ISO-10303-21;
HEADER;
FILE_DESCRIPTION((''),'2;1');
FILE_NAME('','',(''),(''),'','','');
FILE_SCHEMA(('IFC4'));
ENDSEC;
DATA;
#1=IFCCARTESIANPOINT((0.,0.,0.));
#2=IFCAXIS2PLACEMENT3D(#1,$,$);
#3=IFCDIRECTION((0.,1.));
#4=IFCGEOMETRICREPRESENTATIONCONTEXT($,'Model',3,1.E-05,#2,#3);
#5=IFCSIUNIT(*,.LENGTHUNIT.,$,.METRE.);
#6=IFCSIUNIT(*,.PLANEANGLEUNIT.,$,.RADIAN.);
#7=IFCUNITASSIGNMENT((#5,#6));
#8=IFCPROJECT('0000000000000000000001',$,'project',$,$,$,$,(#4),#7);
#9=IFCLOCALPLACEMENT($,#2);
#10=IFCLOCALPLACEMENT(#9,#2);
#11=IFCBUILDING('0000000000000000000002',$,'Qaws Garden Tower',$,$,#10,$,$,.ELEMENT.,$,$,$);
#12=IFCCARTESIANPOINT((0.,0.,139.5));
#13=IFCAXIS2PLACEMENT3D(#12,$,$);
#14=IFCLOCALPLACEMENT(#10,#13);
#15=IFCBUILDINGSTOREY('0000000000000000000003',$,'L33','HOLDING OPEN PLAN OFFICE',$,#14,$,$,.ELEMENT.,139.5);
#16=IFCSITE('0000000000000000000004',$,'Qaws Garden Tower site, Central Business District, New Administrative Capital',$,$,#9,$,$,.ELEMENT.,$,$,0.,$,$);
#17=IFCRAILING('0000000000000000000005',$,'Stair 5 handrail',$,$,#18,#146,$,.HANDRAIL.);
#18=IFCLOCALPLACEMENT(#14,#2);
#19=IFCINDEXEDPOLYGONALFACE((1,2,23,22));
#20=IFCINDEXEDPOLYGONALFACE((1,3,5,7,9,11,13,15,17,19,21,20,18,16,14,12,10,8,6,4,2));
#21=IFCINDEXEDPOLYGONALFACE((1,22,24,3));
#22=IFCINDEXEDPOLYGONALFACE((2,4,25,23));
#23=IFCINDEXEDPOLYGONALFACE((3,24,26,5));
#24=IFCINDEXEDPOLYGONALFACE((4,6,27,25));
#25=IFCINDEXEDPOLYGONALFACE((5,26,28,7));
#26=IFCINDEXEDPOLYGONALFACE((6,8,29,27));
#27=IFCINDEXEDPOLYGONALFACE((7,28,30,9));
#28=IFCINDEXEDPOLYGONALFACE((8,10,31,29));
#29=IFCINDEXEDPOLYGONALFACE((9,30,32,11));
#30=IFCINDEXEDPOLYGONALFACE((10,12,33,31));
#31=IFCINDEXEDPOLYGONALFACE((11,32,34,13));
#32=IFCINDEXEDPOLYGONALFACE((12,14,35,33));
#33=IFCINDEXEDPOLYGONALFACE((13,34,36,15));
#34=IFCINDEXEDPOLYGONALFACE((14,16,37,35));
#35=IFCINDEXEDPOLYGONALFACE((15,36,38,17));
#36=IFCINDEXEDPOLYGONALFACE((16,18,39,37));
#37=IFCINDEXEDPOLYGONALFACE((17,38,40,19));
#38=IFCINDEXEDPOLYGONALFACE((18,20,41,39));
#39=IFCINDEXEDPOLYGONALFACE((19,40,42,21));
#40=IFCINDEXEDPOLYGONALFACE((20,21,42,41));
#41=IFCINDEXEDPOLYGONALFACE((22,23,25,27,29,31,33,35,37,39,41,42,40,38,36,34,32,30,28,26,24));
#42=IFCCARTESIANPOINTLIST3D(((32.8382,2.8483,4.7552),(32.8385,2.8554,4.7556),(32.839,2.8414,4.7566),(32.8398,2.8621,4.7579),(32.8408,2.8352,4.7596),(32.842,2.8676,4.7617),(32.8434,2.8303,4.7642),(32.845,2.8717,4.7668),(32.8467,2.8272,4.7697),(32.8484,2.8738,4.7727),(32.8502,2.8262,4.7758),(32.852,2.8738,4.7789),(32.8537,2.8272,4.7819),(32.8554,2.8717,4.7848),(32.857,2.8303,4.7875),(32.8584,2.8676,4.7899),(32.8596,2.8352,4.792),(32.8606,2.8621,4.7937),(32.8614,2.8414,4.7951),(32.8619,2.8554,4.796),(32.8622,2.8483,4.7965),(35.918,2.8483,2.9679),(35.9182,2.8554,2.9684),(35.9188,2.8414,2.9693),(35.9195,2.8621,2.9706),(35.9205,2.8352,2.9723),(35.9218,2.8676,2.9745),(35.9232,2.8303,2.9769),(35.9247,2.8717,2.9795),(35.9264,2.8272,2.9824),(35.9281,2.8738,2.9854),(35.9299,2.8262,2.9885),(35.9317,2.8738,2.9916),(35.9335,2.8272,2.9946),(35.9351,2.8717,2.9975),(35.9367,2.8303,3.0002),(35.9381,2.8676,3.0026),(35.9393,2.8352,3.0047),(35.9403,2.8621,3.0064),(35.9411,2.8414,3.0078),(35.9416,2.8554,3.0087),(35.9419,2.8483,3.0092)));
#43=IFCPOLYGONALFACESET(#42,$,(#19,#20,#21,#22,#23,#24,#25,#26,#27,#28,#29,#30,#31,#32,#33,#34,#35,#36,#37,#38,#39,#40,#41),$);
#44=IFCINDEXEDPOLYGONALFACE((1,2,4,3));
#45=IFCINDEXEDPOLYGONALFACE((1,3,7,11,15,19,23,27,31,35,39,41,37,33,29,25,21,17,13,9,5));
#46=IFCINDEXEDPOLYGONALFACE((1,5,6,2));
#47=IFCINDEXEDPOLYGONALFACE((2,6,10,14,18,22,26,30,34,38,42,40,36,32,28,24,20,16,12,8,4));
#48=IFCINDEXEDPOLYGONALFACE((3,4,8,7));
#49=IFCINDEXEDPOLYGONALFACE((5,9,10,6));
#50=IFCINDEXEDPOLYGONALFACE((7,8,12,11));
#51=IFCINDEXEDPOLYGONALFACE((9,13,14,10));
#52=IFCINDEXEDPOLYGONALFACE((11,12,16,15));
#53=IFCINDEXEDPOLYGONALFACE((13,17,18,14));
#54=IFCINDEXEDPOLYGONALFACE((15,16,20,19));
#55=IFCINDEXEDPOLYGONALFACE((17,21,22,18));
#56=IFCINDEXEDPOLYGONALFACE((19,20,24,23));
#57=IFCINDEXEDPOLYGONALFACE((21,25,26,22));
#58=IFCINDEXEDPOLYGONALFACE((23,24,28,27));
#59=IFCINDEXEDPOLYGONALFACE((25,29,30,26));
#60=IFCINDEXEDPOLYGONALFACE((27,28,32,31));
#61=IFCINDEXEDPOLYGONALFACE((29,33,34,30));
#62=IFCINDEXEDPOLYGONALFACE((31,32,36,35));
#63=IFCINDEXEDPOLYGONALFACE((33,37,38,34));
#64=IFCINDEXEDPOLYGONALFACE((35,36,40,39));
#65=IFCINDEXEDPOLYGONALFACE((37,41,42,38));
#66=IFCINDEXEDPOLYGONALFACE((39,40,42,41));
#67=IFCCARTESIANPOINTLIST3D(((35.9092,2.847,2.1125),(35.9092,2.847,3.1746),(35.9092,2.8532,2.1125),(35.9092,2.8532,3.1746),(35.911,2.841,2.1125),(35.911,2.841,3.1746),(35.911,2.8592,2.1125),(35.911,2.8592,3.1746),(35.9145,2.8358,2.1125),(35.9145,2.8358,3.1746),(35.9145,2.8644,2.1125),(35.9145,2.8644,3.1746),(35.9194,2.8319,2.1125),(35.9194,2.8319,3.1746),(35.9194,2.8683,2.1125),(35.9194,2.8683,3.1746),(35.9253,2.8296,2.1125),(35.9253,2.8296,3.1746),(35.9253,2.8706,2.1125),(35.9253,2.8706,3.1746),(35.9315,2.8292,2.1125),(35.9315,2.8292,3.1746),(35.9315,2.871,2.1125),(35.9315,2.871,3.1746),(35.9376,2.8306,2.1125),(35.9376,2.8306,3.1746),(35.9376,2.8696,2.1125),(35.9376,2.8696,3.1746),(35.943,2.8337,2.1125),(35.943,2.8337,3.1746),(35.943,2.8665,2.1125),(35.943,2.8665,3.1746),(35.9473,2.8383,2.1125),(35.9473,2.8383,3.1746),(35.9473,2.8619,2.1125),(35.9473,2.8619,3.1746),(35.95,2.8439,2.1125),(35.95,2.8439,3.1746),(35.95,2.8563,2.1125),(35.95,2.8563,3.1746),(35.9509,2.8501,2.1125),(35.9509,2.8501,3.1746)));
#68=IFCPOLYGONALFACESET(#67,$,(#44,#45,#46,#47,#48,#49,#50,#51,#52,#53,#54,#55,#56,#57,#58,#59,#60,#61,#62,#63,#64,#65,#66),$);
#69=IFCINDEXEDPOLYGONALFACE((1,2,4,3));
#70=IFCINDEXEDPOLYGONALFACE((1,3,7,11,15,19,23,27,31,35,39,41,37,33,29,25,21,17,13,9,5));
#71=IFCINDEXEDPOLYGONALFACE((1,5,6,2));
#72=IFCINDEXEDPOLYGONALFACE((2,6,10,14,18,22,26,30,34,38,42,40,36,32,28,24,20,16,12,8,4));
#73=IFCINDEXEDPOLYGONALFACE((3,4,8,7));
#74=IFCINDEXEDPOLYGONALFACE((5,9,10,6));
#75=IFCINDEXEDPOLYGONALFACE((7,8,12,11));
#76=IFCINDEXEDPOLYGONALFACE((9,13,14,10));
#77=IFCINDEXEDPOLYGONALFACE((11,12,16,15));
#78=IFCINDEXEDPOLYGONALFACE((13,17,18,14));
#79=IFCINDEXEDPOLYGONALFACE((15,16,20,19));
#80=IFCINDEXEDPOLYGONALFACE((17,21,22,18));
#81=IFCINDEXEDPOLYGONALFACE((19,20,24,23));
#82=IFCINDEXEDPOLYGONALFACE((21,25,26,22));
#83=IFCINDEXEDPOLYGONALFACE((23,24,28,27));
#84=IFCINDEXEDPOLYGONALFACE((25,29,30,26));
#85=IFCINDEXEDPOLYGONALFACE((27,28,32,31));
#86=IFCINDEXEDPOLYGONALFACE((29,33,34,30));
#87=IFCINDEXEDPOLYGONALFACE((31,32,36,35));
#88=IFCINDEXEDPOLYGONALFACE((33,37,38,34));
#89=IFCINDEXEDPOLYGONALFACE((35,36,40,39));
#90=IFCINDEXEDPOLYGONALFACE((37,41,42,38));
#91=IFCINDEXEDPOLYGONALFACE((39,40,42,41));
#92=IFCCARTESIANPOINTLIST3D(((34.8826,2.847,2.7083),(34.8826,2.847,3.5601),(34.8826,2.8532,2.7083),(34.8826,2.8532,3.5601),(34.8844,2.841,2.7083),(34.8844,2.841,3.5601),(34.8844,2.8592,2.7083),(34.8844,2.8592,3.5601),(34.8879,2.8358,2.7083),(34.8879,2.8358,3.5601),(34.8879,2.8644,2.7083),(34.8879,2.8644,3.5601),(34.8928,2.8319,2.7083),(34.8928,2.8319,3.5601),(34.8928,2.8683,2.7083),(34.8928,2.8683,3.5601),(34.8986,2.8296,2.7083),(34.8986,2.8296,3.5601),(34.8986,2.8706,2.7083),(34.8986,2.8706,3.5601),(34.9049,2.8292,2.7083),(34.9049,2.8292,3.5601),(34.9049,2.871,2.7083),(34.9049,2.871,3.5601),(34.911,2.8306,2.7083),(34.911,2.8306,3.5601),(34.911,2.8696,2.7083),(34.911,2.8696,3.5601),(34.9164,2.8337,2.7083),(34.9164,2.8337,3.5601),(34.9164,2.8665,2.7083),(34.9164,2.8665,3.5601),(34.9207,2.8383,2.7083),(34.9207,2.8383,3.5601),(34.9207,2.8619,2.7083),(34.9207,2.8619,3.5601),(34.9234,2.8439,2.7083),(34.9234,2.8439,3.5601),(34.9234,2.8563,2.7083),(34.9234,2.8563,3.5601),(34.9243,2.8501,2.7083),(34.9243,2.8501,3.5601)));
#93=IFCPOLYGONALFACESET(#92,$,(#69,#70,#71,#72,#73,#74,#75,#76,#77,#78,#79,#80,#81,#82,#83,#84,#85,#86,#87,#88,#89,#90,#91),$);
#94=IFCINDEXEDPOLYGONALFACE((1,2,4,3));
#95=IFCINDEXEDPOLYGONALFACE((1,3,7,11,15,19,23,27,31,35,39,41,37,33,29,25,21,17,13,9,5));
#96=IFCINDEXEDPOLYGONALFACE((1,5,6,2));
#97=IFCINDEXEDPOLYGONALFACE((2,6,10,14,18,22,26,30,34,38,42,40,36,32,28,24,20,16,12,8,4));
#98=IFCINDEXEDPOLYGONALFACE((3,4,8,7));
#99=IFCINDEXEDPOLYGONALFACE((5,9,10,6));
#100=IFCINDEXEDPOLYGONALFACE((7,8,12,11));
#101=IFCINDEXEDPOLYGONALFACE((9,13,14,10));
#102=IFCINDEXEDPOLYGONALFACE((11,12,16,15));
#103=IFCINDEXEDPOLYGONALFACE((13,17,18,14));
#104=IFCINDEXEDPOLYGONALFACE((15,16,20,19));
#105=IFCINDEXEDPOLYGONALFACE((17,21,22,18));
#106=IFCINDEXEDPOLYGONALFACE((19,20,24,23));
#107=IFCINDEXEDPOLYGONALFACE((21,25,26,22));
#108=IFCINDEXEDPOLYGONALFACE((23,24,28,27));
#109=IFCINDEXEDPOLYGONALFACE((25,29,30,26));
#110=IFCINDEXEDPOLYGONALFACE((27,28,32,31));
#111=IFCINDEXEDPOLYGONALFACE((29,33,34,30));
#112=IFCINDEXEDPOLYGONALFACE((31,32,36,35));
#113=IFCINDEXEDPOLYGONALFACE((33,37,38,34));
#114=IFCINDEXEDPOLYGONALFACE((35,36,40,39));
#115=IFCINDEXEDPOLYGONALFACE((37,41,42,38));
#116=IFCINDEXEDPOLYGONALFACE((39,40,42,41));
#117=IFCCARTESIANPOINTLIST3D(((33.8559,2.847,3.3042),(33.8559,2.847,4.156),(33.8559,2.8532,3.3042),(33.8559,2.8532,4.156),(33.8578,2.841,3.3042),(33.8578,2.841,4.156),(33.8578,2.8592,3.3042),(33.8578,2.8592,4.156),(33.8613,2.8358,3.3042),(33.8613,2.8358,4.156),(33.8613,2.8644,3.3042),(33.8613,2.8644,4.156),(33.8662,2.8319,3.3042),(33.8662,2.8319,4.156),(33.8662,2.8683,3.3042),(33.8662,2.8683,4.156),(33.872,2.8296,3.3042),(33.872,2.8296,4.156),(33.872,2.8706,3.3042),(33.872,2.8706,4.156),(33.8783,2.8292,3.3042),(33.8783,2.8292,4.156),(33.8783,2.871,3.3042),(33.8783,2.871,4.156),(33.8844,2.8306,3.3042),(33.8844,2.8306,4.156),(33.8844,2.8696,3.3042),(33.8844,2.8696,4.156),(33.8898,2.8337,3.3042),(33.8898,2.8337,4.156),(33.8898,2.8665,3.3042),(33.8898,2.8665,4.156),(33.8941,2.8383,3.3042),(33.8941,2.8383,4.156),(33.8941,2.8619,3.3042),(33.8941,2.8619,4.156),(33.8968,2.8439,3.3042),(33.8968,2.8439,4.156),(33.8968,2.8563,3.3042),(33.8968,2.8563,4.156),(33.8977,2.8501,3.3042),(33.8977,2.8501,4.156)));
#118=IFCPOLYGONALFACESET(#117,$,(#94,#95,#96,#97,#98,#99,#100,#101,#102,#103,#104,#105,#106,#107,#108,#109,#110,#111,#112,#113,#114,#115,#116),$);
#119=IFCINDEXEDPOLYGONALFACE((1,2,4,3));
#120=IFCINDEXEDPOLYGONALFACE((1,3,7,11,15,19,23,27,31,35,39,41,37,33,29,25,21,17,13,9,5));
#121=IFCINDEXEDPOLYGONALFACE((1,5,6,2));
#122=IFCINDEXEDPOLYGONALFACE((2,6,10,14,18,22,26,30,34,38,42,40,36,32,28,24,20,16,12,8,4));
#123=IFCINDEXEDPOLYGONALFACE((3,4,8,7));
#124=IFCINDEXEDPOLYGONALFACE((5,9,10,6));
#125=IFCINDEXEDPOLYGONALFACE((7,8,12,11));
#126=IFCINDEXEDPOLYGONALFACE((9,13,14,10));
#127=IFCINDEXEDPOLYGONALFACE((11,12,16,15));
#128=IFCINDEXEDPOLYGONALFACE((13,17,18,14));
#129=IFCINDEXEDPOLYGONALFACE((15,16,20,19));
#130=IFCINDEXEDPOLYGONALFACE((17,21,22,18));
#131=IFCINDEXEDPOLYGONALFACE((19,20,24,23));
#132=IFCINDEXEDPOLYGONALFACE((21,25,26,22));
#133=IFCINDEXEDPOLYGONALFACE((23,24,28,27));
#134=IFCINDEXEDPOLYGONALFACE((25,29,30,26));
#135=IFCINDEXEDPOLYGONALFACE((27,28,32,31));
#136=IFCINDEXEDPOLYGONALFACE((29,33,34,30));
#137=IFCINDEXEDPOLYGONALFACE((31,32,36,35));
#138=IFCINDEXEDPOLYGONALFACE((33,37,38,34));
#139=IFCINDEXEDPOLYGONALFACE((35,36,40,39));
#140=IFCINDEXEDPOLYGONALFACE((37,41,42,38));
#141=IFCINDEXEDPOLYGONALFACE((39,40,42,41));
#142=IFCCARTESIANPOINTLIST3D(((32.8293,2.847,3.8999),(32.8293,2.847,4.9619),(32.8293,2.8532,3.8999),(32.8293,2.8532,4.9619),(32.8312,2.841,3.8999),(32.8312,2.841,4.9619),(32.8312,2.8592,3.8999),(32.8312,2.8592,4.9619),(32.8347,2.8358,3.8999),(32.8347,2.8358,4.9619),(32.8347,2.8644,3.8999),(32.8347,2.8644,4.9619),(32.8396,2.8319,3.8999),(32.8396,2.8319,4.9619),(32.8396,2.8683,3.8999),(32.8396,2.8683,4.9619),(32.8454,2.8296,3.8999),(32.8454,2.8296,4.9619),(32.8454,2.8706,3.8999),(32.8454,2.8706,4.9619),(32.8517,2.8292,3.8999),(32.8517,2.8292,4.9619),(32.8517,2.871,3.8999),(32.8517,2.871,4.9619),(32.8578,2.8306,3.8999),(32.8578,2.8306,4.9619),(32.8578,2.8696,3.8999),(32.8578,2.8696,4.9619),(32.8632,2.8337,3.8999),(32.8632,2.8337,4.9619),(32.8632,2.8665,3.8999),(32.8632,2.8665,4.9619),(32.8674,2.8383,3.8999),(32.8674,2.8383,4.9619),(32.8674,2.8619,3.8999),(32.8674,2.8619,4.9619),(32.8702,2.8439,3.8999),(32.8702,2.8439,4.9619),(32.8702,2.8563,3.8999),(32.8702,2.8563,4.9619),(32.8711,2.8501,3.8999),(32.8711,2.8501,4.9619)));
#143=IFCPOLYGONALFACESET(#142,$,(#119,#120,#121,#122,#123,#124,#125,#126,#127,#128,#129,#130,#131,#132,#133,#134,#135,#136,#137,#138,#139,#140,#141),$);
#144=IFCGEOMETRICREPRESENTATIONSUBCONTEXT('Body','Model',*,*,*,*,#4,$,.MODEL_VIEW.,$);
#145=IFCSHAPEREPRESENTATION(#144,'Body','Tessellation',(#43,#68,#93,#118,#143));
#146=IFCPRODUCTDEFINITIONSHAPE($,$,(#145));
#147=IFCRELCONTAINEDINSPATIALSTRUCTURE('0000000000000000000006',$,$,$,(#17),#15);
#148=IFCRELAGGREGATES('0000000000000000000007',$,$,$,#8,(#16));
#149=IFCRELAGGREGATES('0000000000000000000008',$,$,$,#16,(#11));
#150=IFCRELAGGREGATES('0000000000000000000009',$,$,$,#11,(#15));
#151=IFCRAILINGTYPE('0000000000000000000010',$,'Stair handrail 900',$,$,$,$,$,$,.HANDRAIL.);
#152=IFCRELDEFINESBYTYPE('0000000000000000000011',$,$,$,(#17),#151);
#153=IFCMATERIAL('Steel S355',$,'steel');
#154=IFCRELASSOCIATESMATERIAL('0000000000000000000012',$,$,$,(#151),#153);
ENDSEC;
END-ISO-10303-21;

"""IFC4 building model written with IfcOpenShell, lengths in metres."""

from ifc_helpers import new_model, si_unit, direction, frame, origin, origin_2d, place, context, subcontext, project, spatial, circle, extrude, material, type_object, element, save


model = new_model("IFC4")

# Units and contexts
model_context = context("Model", 3, precision=1e-05, world=origin(), true_north=direction((0.0, 1.0)))
body_context = subcontext(model_context, "Body", "Model", "MODEL_VIEW")
ifc_project = project(units=[si_unit("LENGTHUNIT", "METRE"), si_unit("PLANEANGLEUNIT", "RADIAN")], contexts=[model_context])

# Site, building, storey
site_placement = place(None, origin())
site = spatial("IfcSite", under=ifc_project, at=site_placement, Name="Qaws Garden Tower site, Central Business District, New Administrative Capital", CompositionType="ELEMENT", RefElevation=0.0)
building_placement = place(site_placement, origin())
building = spatial("IfcBuilding", under=site, at=building_placement, Name="Qaws Garden Tower", CompositionType="ELEMENT")
storey_placement = place(building_placement, frame((0.0, 0.0, 139.5)))
storey = spatial("IfcBuildingStorey", under=building, at=storey_placement, Name="L33", Description="HOLDING OPEN PLAN OFFICE", CompositionType="ELEMENT", Elevation=139.5)

# Railing
ifc_material_1 = material(Name="Steel S355", Category="steel")
railing_type = type_object("IfcRailingType", Name="Stair handrail 900", PredefinedType="HANDRAIL", material=ifc_material_1)
railing_1_placement = place(storey_placement, frame((35.9299, 2.8501, 2.1125)))
element("IfcRailing", 1, at=railing_1_placement, inside=storey, type_object=railing_type, Name="Stair 5 handrail", PredefinedType="HANDRAIL", context=body_context, shape_type="SweptSolid", body=[
    extrude(circle(Radius=0.0239, at=origin_2d()), frame((0.0, 0.0, 0.876), z_axis=(-0.864903, 0.0, 0.501939), x_axis=(0.0, -1.0, 0.0)), (0.0, 0.0, 1.0), 3.5608),
    extrude(circle(Radius=0.021, at=origin_2d()), origin(), (0.0, 0.0, 1.0), 1.062),
    extrude(circle(Radius=0.021, at=origin_2d()), frame((-1.0266, 0.0, 0.5957)), (0.0, 0.0, 1.0), 0.8518),
    extrude(circle(Radius=0.021, at=origin_2d()), frame((-2.0532, 0.0, 1.1917)), (0.0, 0.0, 1.0), 0.8518),
    extrude(circle(Radius=0.021, at=origin_2d()), frame((-3.0798, 0.0, 1.7874)), (0.0, 0.0, 1.0), 1.062),
])

save(model, "model.ifc")
